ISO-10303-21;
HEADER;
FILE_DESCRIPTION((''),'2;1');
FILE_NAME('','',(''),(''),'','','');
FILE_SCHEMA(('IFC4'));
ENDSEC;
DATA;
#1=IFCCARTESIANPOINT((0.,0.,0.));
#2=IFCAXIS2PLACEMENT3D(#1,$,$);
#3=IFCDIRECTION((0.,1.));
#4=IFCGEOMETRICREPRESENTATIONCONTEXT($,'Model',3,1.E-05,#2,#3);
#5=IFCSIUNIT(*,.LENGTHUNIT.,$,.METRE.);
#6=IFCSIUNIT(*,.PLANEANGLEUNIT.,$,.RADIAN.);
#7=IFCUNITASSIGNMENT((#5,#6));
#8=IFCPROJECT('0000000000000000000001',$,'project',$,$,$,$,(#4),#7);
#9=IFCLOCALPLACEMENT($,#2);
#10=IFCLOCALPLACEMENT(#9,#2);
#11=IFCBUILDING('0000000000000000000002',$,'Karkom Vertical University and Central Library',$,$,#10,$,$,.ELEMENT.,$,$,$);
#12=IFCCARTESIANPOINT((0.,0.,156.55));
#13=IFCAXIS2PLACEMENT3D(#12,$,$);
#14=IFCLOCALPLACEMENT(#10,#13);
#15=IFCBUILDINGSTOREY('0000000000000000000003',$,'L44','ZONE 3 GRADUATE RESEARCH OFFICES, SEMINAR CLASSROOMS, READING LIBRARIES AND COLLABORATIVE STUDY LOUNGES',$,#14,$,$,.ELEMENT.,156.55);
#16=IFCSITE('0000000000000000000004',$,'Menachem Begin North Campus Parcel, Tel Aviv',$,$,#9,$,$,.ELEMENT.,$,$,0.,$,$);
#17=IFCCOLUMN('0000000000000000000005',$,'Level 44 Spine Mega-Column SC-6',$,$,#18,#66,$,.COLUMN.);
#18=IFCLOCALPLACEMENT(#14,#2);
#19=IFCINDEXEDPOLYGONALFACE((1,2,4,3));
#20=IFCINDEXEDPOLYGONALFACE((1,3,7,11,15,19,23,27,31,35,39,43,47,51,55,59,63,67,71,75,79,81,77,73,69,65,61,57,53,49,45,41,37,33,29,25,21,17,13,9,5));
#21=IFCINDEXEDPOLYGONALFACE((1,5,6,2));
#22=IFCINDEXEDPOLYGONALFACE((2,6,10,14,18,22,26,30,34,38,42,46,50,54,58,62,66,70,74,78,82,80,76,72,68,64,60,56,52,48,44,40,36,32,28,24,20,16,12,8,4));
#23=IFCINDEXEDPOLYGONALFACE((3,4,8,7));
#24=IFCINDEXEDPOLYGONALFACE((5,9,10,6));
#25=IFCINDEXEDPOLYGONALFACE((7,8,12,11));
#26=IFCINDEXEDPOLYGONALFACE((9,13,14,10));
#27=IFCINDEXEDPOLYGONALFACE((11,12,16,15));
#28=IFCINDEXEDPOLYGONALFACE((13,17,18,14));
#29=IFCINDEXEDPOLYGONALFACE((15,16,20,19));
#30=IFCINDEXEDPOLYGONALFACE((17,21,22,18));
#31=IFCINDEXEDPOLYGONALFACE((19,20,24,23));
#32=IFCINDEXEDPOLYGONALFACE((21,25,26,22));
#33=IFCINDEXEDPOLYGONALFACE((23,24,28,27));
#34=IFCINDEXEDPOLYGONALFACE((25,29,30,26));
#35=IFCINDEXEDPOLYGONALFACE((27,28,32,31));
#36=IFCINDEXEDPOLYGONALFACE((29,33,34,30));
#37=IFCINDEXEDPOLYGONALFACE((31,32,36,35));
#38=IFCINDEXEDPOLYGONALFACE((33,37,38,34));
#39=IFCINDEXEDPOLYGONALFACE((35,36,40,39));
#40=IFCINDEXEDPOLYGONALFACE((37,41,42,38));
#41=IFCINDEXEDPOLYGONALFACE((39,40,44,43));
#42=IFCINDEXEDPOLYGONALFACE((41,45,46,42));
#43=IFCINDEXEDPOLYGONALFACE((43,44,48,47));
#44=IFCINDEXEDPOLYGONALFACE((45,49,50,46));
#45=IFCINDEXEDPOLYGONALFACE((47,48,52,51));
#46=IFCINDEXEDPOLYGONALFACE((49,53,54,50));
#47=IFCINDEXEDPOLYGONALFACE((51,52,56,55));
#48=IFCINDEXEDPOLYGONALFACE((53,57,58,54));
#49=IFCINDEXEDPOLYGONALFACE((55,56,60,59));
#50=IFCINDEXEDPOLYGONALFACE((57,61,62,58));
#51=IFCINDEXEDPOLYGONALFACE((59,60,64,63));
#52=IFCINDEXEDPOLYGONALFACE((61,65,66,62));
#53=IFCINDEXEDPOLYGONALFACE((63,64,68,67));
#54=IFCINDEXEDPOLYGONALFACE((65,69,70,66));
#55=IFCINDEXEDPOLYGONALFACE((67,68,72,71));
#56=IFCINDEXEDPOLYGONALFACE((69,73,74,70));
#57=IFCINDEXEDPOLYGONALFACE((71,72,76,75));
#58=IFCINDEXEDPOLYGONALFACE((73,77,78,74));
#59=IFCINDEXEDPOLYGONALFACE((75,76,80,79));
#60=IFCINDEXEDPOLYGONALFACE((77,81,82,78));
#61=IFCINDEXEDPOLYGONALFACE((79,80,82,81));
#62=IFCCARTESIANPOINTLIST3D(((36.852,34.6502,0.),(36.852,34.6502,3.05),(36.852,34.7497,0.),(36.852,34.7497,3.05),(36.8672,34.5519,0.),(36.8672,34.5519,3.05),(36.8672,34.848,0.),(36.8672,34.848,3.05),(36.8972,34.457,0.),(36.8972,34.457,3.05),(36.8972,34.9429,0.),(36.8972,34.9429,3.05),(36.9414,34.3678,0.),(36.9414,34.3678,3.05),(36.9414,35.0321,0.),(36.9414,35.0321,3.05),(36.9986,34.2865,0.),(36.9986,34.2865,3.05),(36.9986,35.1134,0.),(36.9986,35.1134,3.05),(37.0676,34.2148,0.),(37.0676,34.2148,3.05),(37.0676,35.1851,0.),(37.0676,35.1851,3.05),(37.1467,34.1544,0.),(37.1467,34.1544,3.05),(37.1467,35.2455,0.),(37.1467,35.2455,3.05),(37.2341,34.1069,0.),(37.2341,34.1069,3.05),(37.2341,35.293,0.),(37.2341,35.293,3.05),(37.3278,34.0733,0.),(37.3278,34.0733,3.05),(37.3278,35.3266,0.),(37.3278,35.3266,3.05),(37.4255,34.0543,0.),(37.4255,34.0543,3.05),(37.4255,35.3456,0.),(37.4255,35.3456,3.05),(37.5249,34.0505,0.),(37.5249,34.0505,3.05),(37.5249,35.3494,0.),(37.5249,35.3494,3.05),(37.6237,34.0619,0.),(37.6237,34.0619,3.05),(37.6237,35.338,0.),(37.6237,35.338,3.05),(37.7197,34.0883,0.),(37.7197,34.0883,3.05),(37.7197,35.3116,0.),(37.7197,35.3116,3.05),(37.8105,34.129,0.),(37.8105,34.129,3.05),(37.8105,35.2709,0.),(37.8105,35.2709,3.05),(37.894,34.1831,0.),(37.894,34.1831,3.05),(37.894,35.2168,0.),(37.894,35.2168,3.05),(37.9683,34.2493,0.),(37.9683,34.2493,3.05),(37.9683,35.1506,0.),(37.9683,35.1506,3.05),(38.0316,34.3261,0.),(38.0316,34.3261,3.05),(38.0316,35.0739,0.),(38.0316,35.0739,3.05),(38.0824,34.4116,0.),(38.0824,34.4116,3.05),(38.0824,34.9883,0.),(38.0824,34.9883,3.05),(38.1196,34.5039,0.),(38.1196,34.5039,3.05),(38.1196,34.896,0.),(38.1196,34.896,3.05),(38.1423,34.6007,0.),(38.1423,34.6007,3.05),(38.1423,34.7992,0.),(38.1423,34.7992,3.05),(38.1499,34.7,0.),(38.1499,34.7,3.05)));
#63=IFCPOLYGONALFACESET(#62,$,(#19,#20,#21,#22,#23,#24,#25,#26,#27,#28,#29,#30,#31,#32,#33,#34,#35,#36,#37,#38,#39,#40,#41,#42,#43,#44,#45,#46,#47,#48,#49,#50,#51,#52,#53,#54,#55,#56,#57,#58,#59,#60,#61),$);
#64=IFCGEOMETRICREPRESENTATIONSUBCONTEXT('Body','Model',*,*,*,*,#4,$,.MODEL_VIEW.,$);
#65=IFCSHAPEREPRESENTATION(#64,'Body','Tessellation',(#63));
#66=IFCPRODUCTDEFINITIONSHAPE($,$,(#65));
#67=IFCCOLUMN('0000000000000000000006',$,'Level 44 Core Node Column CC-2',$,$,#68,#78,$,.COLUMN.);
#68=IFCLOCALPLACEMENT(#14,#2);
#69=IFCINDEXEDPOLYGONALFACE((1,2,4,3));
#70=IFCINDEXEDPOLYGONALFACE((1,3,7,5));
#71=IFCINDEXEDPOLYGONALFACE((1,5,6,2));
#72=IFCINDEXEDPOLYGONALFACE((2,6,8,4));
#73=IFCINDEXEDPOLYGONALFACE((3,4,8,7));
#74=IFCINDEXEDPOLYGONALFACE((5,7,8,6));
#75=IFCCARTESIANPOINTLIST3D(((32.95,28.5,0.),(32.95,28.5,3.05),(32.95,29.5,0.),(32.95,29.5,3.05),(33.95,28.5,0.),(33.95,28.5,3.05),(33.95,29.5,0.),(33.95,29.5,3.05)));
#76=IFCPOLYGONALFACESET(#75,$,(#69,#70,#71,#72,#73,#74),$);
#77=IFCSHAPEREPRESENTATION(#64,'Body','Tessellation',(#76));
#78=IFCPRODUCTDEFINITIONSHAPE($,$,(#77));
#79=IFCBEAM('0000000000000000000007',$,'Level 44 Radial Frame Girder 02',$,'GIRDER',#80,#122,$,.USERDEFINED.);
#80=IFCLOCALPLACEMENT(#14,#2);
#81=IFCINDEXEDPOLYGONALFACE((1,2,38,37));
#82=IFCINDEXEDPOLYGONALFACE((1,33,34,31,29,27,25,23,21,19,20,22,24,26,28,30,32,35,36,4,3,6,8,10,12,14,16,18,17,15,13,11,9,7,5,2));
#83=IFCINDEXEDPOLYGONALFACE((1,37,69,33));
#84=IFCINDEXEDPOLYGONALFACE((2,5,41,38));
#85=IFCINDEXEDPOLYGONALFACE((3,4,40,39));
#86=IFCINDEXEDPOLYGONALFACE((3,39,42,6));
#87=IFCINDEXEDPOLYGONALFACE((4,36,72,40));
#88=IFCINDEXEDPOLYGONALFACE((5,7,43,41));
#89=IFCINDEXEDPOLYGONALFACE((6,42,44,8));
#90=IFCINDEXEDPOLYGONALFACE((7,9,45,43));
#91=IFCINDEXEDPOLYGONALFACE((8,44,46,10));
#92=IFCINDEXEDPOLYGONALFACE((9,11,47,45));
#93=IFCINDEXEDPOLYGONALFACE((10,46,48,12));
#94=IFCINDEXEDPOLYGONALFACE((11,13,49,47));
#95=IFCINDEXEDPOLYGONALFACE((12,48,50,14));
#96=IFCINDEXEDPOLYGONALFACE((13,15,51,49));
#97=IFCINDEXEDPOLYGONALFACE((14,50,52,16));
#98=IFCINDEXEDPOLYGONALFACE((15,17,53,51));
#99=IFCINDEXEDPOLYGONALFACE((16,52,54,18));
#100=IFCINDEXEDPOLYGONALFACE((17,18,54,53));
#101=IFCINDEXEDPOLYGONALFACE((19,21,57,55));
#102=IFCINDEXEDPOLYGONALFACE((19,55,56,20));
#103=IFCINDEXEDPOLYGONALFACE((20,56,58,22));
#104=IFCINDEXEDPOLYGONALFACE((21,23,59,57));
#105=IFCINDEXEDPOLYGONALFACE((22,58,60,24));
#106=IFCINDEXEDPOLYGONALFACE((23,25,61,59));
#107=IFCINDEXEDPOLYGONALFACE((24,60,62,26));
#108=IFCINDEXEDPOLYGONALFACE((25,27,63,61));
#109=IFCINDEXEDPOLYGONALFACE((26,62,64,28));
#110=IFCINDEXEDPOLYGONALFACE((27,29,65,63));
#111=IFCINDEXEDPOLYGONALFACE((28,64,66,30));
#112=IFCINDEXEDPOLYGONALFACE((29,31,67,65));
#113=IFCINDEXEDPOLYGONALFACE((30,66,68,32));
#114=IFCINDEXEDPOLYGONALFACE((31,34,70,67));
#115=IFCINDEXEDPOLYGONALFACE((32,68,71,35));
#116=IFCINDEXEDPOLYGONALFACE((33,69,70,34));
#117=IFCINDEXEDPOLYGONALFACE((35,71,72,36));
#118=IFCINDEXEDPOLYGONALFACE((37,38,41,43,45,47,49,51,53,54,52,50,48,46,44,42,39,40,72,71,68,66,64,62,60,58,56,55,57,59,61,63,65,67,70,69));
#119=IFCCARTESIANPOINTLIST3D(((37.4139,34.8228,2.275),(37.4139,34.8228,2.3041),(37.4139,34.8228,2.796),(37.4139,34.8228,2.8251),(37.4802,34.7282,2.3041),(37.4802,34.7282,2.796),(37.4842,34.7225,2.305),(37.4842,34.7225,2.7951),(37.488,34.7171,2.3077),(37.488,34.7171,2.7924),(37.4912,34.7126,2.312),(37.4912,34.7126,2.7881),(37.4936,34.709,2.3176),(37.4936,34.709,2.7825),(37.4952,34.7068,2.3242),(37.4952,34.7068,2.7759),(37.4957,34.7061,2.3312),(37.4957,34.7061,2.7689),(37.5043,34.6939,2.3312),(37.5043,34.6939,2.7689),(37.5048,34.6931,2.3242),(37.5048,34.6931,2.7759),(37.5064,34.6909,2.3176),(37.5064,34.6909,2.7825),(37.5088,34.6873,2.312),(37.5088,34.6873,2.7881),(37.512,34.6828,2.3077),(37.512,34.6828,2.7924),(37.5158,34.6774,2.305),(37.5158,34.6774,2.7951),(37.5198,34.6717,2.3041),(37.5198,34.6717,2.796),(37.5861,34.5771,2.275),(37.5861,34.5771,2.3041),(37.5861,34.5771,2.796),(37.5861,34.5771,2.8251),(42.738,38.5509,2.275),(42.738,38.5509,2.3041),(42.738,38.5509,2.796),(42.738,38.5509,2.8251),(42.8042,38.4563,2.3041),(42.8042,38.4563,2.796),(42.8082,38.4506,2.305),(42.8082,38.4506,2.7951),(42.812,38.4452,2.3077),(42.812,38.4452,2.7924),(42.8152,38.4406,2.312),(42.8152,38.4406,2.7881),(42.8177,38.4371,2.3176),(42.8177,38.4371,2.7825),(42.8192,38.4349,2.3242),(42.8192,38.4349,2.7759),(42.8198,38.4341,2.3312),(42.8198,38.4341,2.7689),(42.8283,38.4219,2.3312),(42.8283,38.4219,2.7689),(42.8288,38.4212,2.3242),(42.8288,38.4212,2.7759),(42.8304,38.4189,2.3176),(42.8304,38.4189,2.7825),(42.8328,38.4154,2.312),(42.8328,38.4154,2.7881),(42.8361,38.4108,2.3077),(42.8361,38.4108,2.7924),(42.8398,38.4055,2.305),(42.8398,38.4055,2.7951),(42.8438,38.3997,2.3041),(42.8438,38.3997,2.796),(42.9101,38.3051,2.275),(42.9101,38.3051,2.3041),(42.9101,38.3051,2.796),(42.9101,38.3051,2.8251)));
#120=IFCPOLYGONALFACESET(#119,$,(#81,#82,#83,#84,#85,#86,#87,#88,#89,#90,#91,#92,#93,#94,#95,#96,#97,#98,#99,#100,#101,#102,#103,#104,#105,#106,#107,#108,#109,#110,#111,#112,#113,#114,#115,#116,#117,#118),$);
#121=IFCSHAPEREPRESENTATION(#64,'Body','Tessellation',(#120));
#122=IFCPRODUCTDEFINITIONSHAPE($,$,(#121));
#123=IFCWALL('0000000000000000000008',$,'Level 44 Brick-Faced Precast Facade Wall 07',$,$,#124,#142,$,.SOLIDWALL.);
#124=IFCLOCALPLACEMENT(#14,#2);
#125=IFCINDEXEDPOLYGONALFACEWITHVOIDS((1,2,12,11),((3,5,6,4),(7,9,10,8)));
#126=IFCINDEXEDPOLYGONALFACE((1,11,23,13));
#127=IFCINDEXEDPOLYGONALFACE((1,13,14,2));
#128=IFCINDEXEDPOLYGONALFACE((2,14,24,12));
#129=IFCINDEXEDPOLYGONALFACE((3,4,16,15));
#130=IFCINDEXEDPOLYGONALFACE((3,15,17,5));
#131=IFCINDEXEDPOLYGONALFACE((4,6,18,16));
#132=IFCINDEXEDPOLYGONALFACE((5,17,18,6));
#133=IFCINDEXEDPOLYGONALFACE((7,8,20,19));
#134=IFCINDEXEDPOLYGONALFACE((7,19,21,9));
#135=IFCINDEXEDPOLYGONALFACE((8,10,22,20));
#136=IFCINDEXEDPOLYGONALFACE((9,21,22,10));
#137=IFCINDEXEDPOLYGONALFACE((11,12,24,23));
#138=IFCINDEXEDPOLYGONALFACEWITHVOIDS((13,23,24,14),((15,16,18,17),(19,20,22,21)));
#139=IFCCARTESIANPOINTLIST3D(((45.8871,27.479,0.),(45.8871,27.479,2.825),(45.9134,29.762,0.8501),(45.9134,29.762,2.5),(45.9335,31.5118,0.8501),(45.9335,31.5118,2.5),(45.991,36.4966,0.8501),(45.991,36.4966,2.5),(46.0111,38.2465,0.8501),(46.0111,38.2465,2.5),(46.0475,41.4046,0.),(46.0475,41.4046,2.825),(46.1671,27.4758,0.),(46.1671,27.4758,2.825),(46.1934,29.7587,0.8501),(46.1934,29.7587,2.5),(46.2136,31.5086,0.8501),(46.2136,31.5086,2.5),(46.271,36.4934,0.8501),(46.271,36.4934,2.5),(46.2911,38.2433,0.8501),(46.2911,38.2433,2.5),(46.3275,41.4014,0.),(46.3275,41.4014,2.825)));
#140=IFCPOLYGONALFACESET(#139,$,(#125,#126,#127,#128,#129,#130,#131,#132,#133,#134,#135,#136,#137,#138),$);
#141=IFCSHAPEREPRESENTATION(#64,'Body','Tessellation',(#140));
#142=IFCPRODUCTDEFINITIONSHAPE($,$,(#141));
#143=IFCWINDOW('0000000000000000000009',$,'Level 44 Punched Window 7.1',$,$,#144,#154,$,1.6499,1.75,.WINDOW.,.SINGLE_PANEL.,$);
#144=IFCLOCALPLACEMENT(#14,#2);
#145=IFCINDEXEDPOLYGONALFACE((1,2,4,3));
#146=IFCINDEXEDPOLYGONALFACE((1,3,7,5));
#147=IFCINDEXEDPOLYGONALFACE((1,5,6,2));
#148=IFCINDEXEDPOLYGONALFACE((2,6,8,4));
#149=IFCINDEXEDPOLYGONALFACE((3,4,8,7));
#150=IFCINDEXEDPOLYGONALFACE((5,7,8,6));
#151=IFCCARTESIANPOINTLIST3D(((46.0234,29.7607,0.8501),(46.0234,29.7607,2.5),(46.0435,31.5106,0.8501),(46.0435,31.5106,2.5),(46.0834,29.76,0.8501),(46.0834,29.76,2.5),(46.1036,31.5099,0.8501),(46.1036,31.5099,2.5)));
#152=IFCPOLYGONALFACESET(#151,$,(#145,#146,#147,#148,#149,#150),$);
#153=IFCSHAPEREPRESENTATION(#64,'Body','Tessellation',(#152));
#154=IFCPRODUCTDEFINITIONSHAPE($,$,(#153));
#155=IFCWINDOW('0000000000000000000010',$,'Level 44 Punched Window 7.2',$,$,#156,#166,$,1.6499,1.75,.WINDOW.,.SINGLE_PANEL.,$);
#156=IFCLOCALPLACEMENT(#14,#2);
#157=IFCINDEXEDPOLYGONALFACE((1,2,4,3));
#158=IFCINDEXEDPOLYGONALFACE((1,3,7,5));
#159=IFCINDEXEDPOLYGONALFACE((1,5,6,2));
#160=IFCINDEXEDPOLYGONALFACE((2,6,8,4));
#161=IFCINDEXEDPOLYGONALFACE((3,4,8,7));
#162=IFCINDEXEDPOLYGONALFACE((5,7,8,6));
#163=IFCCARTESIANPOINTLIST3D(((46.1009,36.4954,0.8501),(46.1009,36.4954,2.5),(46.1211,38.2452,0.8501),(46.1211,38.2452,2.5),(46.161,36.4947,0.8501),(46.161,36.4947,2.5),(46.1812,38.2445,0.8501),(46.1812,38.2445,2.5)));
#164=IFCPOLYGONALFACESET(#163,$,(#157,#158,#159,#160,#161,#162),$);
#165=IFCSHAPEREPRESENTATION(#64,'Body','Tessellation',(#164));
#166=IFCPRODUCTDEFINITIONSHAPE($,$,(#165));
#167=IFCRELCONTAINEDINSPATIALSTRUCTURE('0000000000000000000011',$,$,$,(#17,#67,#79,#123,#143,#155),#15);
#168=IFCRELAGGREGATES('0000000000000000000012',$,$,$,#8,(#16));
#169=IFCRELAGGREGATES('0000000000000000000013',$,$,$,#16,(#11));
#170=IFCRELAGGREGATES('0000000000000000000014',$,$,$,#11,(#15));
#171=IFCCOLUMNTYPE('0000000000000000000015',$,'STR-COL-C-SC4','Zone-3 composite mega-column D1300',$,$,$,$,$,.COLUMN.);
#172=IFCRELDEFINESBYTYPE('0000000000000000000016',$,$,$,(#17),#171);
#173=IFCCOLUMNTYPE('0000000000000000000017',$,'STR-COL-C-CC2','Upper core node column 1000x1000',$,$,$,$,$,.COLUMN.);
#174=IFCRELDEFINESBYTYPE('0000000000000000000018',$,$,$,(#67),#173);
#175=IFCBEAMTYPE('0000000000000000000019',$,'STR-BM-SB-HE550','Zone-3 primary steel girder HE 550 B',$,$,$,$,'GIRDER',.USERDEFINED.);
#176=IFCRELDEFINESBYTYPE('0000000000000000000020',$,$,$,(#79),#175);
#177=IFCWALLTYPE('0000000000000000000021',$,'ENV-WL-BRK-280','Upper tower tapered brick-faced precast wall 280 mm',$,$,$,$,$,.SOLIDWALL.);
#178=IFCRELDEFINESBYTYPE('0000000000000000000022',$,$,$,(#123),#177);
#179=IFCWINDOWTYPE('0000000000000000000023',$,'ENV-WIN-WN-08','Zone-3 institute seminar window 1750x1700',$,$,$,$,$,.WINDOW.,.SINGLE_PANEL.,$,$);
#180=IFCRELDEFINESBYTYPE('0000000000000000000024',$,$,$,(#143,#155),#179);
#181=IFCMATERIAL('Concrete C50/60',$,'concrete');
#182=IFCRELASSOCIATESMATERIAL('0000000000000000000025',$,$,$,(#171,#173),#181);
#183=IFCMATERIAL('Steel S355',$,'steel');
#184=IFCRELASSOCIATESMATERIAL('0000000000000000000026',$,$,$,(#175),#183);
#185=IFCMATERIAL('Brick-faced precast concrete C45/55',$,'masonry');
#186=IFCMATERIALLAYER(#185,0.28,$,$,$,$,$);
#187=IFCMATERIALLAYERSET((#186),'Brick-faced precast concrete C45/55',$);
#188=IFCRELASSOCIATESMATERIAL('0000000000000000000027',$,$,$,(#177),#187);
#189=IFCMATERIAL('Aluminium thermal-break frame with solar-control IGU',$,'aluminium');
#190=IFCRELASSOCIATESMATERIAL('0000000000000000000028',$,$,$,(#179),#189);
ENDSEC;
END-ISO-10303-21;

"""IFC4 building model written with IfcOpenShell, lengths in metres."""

from ifc_helpers import new_model, si_unit, direction, frame, frame_2d, origin, origin_with_axes, origin_2d, place, context, subcontext, project, spatial, rectangle, circle, i_section, extrude, source, transform, mapped, material, layer, layer_set, material_profile, profile_set, type_object, element, fill, save


model = new_model("IFC4")

# Units and contexts
model_context = context("Model", 3, precision=1e-05, world=origin(), true_north=direction((0.0, 1.0)))
body_context = subcontext(model_context, "Body", "Model", "MODEL_VIEW")
ifc_project = project(units=[si_unit("LENGTHUNIT", "METRE"), si_unit("PLANEANGLEUNIT", "RADIAN")], contexts=[model_context])

# Site, building, storey
site_placement = place(None, origin())
site = spatial("IfcSite", under=ifc_project, at=site_placement, Name="Menachem Begin North Campus Parcel, Tel Aviv", CompositionType="ELEMENT", RefElevation=0.0)
building_placement = place(site_placement, origin())
building = spatial("IfcBuilding", under=site, at=building_placement, Name="Karkom Vertical University and Central Library", CompositionType="ELEMENT")
storey_placement = place(building_placement, frame((0.0, 0.0, 156.55)))
storey = spatial("IfcBuildingStorey", under=building, at=storey_placement, Name="L44", Description="ZONE 3 GRADUATE RESEARCH OFFICES, SEMINAR CLASSROOMS, READING LIBRARIES AND COLLABORATIVE STUDY LOUNGES", CompositionType="ELEMENT", Elevation=156.55)

# Columns
ifc_material_1 = material(Name="Concrete C50/60", Category="concrete")
ifc_material_profile_1 = material_profile(ifc_material_1, circle(Radius=0.6499, at=origin_2d()), Name="CFT-D1300")
ifc_profile_set_1 = profile_set([ifc_material_profile_1], Name="Concrete C50/60")
column_type_1 = type_object("IfcColumnType", Name="STR-COL-C-SC4", Description="Zone-3 composite mega-column D1300", PredefinedType="COLUMN", material=ifc_profile_set_1)
shared_shape_1 = source(origin_with_axes(), body_context, "Body", "SweptSolid", [
    extrude(circle(Radius=0.6499, at=origin_2d()), origin(), (0.0, 0.0, 1.0), 3.05),
])
column_1_placement = place(storey_placement, frame((37.5, 34.7, 0.0), z_axis=(0.0, 0.0, 1.0), x_axis=(1.0, 0.0, 0.0)))
element("IfcColumn", 1, at=column_1_placement, inside=storey, type_object=column_type_1, Name="Level 44 Spine Mega-Column SC-6", PredefinedType="COLUMN", context=body_context, shape_type="MappedRepresentation", body=[
    mapped(shared_shape_1, transform((0.0, 0.0, 0.0), scale=1.0)),
])
ifc_material_profile_2 = material_profile(ifc_material_1, rectangle(XDim=1.0, YDim=1.0, at=origin_2d()), Name="RC-1000x1000")
ifc_profile_set_2 = profile_set([ifc_material_profile_2], Name="Concrete C50/60")
column_type_2 = type_object("IfcColumnType", Name="STR-COL-C-CC2", Description="Upper core node column 1000x1000", PredefinedType="COLUMN", material=ifc_profile_set_2)
shared_shape_2 = source(origin_with_axes(), body_context, "Body", "SweptSolid", [
    extrude(rectangle(XDim=1.0, YDim=1.0, at=origin_2d()), origin(), (0.0, 0.0, 1.0), 3.05),
])
column_2_placement = place(storey_placement, frame((33.45, 29.0, 0.0), z_axis=(0.0, 0.0, 1.0), x_axis=(1.0, 0.0, 0.0)))
element("IfcColumn", 2, at=column_2_placement, inside=storey, type_object=column_type_2, Name="Level 44 Core Node Column CC-2", PredefinedType="COLUMN", context=body_context, shape_type="MappedRepresentation", body=[
    mapped(shared_shape_2, transform((0.0, 0.0, 0.0), scale=1.0)),
])

# Beam
ifc_material_2 = material(Name="Steel S355", Category="steel")
ifc_material_profile_3 = material_profile(ifc_material_2, i_section(OverallWidth=0.3, OverallDepth=0.55, WebThickness=0.0149, FlangeThickness=0.0291, FilletRadius=0.0271, at=origin_2d()), Name="HE 550 B")
ifc_profile_set_3 = profile_set([ifc_material_profile_3], Name="Steel S355")
beam_type = type_object("IfcBeamType", Name="STR-BM-SB-HE550", Description="Zone-3 primary steel girder HE 550 B", ElementType="GIRDER", PredefinedType="USERDEFINED", material=ifc_profile_set_3)
shared_shape_3 = source(origin_with_axes(), body_context, "Body", "SweptSolid", [
    extrude(i_section(OverallWidth=0.3, OverallDepth=0.55, WebThickness=0.0149, FlangeThickness=0.0291, FilletRadius=0.0271, at=origin_2d()), origin(), (0.0, 0.0, 1.0), 6.4995),
])
beam_placement = place(storey_placement, frame((37.5, 34.7, 2.55), z_axis=(0.819142, 0.573591, 0.0), x_axis=(-0.573591, 0.819142, 0.0)))
element("IfcBeam", 3, at=beam_placement, inside=storey, type_object=beam_type, Name="Level 44 Radial Frame Girder 02", ObjectType="GIRDER", PredefinedType="USERDEFINED", context=body_context, shape_type="MappedRepresentation", body=[
    mapped(shared_shape_3, transform((0.0, 0.0, 0.0), scale=1.0)),
])

# Wall, openings, windows
ifc_material_3 = material(Name="Brick-faced precast concrete C45/55", Category="masonry")
ifc_layer_1 = layer(ifc_material_3, 0.28)
ifc_layer_set_1 = layer_set([ifc_layer_1], Name="Brick-faced precast concrete C45/55")
wall_type_1 = type_object("IfcWallType", Name="ENV-WL-BRK-280", Description="Upper tower tapered brick-faced precast wall 280 mm", PredefinedType="SOLIDWALL", material=ifc_layer_set_1)
wall_1_placement = place(storey_placement, frame((46.0271, 27.4773, 0.0), z_axis=(0.0, 0.0, 1.0), x_axis=(0.011518, 0.999934, 0.0)))
wall_1 = element("IfcWall", 4, at=wall_1_placement, inside=storey, type_object=wall_type_1, Name="Level 44 Brick-Faced Precast Facade Wall 07", PredefinedType="SOLIDWALL", context=body_context, shape_type="SweptSolid", body=[
    extrude(rectangle(XDim=13.9265, YDim=0.28, at=frame_2d((6.9634, 0.0))), origin(), (0.0, 0.0, 1.0), 2.825),
])
opening_1_placement = place(wall_1_placement, frame((2.2832, 0.0, 0.8501)))
opening_1 = element("IfcOpeningElement", 5, at=opening_1_placement, cuts=wall_1, PredefinedType="OPENING", context=body_context, shape_type="SweptSolid", body=[
    extrude(rectangle(XDim=1.75, YDim=1.6499, at=frame_2d((0.875, 0.825))), frame((0.0, 0.1499, 0.0), z_axis=(0.0, -1.0, 0.0), x_axis=(1.0, 0.0, 0.0)), (0.0, 0.0, 1.0), 0.3),
])
opening_2_placement = place(wall_1_placement, frame((9.0183, 0.0, 0.8501)))
opening_2 = element("IfcOpeningElement", 6, at=opening_2_placement, cuts=wall_1, PredefinedType="OPENING", context=body_context, shape_type="SweptSolid", body=[
    extrude(rectangle(XDim=1.75, YDim=1.6499, at=frame_2d((0.875, 0.825))), frame((0.0, 0.1499, 0.0), z_axis=(0.0, -1.0, 0.0), x_axis=(1.0, 0.0, 0.0)), (0.0, 0.0, 1.0), 0.3),
])
ifc_material_4 = material(Name="Aluminium thermal-break frame with solar-control IGU", Category="aluminium")
window_type = type_object("IfcWindowType", Name="ENV-WIN-WN-08", Description="Zone-3 institute seminar window 1750x1700", PartitioningType="SINGLE_PANEL", PredefinedType="WINDOW", material=ifc_material_4)
shared_shape_4 = source(origin_with_axes(), body_context, "Body", "SweptSolid", [
    extrude(rectangle(XDim=1.75, YDim=1.6499, at=frame_2d((0.875, 0.825))), frame((0.0, 0.03, 0.0), z_axis=(0.0, -1.0, 0.0), x_axis=(1.0, 0.0, 0.0)), (0.0, 0.0, 1.0), 0.0601),
])
window_1_placement = place(opening_1_placement, origin())
window_1 = element("IfcWindow", 7, at=window_1_placement, inside=storey, type_object=window_type, Name="Level 44 Punched Window 7.1", OverallHeight=1.6499, OverallWidth=1.75, PartitioningType="SINGLE_PANEL", PredefinedType="WINDOW", context=body_context, shape_type="MappedRepresentation", body=[
    mapped(shared_shape_4, transform((0.0, 0.0, 0.0), scale=1.0)),
])
fill(opening_1, window_1)
window_2_placement = place(opening_2_placement, origin())
window_2 = element("IfcWindow", 8, at=window_2_placement, inside=storey, type_object=window_type, Name="Level 44 Punched Window 7.2", OverallHeight=1.6499, OverallWidth=1.75, PartitioningType="SINGLE_PANEL", PredefinedType="WINDOW", context=body_context, shape_type="MappedRepresentation", body=[
    mapped(shared_shape_4, transform((0.0, 0.0, 0.0), scale=1.0)),
])
fill(opening_2, window_2)

save(model, "model.ifc")
